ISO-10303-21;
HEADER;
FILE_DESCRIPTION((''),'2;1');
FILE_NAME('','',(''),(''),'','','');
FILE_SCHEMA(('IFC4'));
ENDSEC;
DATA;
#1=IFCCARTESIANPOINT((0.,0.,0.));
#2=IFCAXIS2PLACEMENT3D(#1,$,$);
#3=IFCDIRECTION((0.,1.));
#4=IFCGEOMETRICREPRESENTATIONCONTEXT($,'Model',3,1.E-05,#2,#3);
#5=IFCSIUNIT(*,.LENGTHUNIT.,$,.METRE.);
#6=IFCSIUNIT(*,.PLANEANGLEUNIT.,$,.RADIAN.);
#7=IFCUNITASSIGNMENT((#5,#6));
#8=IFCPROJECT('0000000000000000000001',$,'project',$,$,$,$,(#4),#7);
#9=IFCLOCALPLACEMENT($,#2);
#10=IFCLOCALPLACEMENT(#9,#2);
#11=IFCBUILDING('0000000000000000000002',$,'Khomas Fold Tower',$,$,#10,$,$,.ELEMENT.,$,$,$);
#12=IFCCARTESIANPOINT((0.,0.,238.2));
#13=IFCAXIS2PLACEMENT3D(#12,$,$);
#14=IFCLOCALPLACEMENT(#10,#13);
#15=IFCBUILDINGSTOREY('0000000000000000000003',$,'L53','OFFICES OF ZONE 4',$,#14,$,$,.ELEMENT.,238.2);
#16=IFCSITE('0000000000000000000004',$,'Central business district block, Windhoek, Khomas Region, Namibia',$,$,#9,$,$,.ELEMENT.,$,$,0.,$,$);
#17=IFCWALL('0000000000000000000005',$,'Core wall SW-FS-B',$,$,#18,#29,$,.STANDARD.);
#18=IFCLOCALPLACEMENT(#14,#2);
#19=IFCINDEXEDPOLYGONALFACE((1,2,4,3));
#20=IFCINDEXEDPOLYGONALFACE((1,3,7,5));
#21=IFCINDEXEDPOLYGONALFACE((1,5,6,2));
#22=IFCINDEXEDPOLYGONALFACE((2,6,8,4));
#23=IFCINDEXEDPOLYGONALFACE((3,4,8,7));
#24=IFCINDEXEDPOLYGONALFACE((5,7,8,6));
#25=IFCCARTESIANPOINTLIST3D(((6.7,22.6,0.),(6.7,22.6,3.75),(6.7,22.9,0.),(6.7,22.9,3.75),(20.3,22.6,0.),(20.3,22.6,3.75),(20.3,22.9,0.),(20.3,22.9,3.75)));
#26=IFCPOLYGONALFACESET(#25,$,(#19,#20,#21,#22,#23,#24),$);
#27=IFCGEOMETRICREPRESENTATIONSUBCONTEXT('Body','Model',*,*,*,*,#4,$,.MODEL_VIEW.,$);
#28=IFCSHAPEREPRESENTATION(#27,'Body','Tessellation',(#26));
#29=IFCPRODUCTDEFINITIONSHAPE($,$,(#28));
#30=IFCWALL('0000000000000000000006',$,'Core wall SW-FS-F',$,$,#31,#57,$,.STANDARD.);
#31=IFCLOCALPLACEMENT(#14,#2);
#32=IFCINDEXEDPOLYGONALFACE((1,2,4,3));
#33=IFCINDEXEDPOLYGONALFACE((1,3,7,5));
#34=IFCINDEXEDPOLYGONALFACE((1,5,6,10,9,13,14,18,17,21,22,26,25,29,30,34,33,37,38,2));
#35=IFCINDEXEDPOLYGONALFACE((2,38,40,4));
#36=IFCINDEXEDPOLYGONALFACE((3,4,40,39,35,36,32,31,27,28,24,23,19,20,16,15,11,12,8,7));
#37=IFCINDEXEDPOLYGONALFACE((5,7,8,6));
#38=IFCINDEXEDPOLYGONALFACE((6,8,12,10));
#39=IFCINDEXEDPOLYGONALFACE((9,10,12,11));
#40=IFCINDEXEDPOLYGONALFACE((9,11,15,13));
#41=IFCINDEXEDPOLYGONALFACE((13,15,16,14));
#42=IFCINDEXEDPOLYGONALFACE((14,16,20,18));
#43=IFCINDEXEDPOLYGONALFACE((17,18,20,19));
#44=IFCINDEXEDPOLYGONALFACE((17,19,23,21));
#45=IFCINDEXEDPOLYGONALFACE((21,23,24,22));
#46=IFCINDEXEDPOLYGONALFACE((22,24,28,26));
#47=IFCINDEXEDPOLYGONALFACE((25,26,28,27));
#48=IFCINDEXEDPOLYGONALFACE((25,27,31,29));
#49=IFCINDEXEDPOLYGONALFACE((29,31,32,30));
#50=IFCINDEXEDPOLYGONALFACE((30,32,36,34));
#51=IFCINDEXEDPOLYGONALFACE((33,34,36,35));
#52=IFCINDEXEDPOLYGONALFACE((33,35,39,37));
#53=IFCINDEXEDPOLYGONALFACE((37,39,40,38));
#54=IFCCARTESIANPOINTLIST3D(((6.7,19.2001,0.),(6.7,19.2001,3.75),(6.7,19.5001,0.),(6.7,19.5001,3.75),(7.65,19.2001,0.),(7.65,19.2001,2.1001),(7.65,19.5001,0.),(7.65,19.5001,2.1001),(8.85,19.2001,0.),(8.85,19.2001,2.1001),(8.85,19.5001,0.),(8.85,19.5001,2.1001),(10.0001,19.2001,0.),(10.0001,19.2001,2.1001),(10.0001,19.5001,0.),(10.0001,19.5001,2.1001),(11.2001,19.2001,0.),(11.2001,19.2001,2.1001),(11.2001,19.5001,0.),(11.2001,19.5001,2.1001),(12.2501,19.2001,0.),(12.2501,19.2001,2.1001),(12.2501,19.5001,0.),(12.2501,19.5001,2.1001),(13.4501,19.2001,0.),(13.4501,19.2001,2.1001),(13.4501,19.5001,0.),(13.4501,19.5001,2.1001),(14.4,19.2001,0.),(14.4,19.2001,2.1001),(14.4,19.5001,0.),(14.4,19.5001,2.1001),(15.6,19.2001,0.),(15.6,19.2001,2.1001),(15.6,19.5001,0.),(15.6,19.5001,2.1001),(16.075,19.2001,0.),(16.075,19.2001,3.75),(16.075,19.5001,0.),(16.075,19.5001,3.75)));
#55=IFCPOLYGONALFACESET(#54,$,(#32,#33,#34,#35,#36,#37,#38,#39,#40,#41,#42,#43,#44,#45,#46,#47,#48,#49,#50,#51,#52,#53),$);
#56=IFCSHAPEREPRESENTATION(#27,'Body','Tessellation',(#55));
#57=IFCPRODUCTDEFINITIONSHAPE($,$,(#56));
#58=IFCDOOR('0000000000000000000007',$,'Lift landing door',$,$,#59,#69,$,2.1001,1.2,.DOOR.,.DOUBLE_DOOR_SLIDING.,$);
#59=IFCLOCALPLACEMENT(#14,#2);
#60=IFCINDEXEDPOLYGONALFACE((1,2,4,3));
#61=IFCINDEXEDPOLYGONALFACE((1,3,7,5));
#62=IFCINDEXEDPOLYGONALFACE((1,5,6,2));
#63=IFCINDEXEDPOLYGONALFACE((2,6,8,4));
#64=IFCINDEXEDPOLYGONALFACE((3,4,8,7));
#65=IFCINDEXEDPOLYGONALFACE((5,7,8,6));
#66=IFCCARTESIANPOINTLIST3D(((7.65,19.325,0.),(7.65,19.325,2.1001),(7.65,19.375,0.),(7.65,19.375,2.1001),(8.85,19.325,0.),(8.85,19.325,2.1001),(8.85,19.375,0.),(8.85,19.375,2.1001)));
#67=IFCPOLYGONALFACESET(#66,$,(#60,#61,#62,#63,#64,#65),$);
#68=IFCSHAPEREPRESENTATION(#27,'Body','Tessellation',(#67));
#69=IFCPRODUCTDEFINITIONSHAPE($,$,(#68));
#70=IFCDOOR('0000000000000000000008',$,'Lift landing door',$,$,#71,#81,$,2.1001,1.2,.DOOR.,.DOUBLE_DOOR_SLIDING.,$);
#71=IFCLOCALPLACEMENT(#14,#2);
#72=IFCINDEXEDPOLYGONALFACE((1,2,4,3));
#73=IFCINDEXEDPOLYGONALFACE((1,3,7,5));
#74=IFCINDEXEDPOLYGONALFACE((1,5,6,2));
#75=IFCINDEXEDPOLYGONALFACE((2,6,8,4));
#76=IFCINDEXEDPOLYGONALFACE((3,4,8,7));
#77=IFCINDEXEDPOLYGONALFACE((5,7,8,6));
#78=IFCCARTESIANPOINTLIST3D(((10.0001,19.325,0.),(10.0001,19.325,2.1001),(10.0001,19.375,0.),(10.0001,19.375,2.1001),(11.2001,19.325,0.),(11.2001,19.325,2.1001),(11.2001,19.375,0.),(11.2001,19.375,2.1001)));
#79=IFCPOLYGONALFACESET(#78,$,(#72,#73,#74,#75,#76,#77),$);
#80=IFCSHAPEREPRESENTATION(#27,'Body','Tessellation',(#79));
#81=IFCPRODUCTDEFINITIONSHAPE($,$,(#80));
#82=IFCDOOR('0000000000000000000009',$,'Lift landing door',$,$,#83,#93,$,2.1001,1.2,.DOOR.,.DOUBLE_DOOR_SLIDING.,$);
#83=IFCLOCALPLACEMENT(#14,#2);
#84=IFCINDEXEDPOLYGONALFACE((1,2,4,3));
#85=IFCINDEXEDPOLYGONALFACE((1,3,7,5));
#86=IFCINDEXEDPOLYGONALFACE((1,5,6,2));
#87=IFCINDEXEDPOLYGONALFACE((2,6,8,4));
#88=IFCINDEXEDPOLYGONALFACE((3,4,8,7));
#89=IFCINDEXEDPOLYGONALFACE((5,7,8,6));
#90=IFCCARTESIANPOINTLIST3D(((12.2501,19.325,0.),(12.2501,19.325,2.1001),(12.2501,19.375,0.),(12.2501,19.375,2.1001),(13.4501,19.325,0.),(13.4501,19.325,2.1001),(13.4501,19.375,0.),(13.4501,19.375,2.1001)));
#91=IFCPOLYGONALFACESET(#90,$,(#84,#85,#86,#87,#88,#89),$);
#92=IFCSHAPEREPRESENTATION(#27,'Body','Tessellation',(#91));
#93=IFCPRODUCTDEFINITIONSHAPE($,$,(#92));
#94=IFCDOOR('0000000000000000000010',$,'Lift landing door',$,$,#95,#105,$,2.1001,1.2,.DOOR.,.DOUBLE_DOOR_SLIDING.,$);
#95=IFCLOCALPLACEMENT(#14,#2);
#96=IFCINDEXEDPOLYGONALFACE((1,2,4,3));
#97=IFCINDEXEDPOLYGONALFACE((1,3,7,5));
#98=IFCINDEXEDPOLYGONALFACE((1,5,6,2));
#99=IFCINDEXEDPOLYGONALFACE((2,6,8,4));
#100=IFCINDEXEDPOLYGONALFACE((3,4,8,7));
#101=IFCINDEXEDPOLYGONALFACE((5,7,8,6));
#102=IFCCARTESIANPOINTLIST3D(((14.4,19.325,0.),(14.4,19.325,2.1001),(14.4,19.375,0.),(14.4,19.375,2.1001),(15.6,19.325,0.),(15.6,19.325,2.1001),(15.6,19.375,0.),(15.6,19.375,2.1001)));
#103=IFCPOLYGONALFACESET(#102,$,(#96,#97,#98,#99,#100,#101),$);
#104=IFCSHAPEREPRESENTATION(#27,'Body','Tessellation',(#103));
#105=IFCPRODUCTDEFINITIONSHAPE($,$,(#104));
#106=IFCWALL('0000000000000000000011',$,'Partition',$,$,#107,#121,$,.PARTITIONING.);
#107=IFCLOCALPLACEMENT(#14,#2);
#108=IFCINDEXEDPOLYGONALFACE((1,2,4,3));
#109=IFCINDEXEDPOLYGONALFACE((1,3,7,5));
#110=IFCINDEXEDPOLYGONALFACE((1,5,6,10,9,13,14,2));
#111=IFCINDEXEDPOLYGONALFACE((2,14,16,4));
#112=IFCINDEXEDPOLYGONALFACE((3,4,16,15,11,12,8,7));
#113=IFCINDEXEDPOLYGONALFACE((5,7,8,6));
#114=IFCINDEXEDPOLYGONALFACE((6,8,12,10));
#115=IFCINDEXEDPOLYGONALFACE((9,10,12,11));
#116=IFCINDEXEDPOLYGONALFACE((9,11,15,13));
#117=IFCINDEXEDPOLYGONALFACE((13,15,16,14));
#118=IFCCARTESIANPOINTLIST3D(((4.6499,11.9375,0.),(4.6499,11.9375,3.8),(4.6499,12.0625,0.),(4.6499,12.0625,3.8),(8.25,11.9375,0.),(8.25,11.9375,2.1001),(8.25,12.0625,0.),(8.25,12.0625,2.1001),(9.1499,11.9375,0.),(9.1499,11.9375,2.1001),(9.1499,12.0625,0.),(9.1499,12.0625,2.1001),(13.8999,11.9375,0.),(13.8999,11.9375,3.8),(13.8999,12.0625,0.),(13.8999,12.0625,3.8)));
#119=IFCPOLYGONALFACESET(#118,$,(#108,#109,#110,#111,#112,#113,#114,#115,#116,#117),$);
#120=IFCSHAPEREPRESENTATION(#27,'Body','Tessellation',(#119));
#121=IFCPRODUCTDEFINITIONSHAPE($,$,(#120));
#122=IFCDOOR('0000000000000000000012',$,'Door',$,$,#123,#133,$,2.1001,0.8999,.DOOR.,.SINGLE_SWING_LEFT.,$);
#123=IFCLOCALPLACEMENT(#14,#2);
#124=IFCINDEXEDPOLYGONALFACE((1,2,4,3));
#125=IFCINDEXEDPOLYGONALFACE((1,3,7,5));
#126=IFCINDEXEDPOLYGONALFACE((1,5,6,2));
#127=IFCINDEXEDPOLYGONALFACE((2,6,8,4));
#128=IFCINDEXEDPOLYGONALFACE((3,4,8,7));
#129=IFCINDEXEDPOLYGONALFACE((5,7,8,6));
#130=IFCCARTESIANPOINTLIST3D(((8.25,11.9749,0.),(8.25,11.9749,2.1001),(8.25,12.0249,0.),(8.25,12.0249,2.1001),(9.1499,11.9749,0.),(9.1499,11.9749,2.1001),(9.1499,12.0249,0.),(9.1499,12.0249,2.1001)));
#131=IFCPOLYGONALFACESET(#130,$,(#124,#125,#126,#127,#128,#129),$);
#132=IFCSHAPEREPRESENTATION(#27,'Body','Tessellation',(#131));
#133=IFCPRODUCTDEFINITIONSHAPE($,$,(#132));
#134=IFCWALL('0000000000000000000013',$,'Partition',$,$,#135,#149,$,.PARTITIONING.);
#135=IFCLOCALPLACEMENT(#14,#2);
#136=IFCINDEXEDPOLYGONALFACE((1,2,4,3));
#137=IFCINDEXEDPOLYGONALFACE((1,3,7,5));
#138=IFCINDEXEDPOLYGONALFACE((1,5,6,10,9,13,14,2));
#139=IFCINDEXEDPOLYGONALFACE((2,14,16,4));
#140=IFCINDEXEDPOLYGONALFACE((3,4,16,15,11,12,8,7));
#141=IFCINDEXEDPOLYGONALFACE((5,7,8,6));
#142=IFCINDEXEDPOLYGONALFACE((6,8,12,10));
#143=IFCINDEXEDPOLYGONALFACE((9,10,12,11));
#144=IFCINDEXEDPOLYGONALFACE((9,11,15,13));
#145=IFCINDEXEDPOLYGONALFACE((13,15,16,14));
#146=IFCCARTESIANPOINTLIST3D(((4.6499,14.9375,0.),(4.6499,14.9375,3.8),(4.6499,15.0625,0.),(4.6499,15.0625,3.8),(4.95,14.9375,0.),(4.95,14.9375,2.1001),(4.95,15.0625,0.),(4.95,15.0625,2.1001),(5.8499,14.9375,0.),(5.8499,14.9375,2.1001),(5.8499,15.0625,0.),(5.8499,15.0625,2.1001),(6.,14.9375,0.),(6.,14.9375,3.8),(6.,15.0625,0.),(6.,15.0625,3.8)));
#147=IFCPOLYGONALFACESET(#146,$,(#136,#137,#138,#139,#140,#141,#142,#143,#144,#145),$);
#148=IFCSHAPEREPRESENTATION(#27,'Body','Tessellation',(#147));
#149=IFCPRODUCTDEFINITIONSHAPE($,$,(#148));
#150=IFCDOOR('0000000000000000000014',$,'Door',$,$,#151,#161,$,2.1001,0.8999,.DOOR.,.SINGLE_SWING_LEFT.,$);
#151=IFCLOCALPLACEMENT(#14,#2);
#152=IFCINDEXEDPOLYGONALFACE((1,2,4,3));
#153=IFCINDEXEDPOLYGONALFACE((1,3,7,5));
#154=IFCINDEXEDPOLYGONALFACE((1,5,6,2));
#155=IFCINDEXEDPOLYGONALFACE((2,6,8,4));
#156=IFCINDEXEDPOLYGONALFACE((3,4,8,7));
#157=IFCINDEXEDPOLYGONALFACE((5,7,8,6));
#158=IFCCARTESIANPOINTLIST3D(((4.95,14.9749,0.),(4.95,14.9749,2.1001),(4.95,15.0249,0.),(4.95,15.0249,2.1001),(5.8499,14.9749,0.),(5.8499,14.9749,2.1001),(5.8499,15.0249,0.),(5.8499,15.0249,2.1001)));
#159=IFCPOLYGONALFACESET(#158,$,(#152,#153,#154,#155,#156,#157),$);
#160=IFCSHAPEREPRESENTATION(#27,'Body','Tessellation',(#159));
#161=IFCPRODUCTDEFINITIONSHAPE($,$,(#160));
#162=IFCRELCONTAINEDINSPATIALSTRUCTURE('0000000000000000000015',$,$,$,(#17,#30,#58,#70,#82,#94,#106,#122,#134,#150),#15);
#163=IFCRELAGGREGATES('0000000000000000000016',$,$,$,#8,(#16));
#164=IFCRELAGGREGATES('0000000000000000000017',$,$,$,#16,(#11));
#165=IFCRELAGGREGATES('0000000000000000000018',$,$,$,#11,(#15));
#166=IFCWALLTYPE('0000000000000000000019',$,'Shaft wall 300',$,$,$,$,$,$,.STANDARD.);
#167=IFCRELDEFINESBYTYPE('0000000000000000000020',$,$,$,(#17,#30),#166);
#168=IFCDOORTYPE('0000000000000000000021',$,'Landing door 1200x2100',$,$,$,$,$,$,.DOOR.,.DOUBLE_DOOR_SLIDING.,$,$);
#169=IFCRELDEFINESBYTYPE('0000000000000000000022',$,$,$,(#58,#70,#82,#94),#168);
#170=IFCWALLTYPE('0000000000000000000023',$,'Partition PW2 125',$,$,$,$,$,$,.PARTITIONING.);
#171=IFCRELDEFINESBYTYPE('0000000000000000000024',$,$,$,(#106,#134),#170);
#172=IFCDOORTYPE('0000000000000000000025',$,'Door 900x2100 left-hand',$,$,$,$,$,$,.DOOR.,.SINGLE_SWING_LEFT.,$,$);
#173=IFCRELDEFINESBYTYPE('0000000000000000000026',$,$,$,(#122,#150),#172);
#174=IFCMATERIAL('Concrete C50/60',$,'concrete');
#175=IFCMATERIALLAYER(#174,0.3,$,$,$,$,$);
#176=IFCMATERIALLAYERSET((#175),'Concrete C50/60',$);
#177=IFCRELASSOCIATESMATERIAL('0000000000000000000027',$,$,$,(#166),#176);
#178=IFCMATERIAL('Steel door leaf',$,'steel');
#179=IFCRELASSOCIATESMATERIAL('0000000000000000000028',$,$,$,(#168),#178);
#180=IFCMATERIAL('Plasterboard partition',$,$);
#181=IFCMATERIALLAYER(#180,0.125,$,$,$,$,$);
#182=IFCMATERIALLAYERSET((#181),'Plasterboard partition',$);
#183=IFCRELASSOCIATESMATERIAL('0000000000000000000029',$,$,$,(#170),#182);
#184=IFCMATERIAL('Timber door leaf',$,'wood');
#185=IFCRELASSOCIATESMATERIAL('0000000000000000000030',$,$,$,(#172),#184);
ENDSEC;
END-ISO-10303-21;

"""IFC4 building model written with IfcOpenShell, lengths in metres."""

from ifc_helpers import new_model, si_unit, direction, frame, frame_2d, origin, place, context, subcontext, project, spatial, rectangle, extrude, source, transform, mapped, material, layer, layer_set, type_object, element, fill, save


model = new_model("IFC4")

# Units and contexts
model_context = context("Model", 3, precision=1e-05, world=origin(), true_north=direction((0.0, 1.0)))
body_context = subcontext(model_context, "Body", "Model", "MODEL_VIEW")
ifc_project = project(units=[si_unit("LENGTHUNIT", "METRE"), si_unit("PLANEANGLEUNIT", "RADIAN")], contexts=[model_context])

# Site, building, storey
site_placement = place(None, origin())
site = spatial("IfcSite", under=ifc_project, at=site_placement, Name="Central business district block, Windhoek, Khomas Region, Namibia", CompositionType="ELEMENT", RefElevation=0.0)
building_placement = place(site_placement, origin())
building = spatial("IfcBuilding", under=site, at=building_placement, Name="Khomas Fold Tower", CompositionType="ELEMENT")
storey_placement = place(building_placement, frame((0.0, 0.0, 238.2)))
storey = spatial("IfcBuildingStorey", under=building, at=storey_placement, Name="L53", Description="OFFICES OF ZONE 4", CompositionType="ELEMENT", Elevation=238.2)

# Wall
ifc_material_1 = material(Name="Concrete C50/60", Category="concrete")
ifc_layer_1 = layer(ifc_material_1, 0.3)
ifc_layer_set_1 = layer_set([ifc_layer_1], Name="Concrete C50/60")
wall_type_1 = type_object("IfcWallType", Name="Shaft wall 300", PredefinedType="STANDARD", material=ifc_layer_set_1)
shared_shape_1 = source(origin(), body_context, "Body", "SweptSolid", [
    extrude(rectangle(XDim=13.6001, YDim=0.3, at=frame_2d((6.8, 0.0))), origin(), (0.0, 0.0, 1.0), 3.75),
])
wall_1_placement = place(storey_placement, frame((6.7, 22.75, 0.0), z_axis=(0.0, 0.0, 1.0), x_axis=(1.0, 0.0, 0.0)))
element("IfcWall", 1, at=wall_1_placement, inside=storey, type_object=wall_type_1, Name="Core wall SW-FS-B", PredefinedType="STANDARD", context=body_context, shape_type="MappedRepresentation", body=[
    mapped(shared_shape_1, transform((0.0, 0.0, 0.0))),
])

# Wall, openings, doors
shared_shape_2 = source(origin(), body_context, "Body", "SweptSolid", [
    extrude(rectangle(XDim=9.375, YDim=0.3, at=frame_2d((4.6875, 0.0))), origin(), (0.0, 0.0, 1.0), 3.75),
])
wall_2_placement = place(storey_placement, frame((6.7, 19.3501, 0.0), z_axis=(0.0, 0.0, 1.0), x_axis=(1.0, 0.0, 0.0)))
wall_2 = element("IfcWall", 2, at=wall_2_placement, inside=storey, type_object=wall_type_1, Name="Core wall SW-FS-F", PredefinedType="STANDARD", context=body_context, shape_type="MappedRepresentation", body=[
    mapped(shared_shape_2, transform((0.0, 0.0, 0.0))),
])
shared_shape_3 = source(origin(), body_context, "Body", "SweptSolid", [
    extrude(rectangle(XDim=1.2, YDim=2.1001, at=frame_2d((0.6001, 1.05))), frame((0.0, 0.1599, 0.0), z_axis=(0.0, -1.0, 0.0), x_axis=(1.0, 0.0, 0.0)), (0.0, 0.0, 1.0), 0.3201),
])
opening_1_placement = place(wall_2_placement, frame((0.95, 0.0, 0.0)))
opening_1 = element("IfcOpeningElement", 3, at=opening_1_placement, cuts=wall_2, PredefinedType="OPENING", context=body_context, shape_type="MappedRepresentation", body=[
    mapped(shared_shape_3, transform((0.0, 0.0, 0.0))),
])
opening_2_placement = place(wall_2_placement, frame((3.3, 0.0, 0.0)))
opening_2 = element("IfcOpeningElement", 4, at=opening_2_placement, cuts=wall_2, PredefinedType="OPENING", context=body_context, shape_type="MappedRepresentation", body=[
    mapped(shared_shape_3, transform((0.0, 0.0, 0.0))),
])
opening_3_placement = place(wall_2_placement, frame((5.55, 0.0, 0.0)))
opening_3 = element("IfcOpeningElement", 5, at=opening_3_placement, cuts=wall_2, PredefinedType="OPENING", context=body_context, shape_type="MappedRepresentation", body=[
    mapped(shared_shape_3, transform((0.0, 0.0, 0.0))),
])
opening_4_placement = place(wall_2_placement, frame((7.7, 0.0, 0.0)))
opening_4 = element("IfcOpeningElement", 6, at=opening_4_placement, cuts=wall_2, PredefinedType="OPENING", context=body_context, shape_type="MappedRepresentation", body=[
    mapped(shared_shape_3, transform((0.0, 0.0, 0.0))),
])
ifc_material_2 = material(Name="Steel door leaf", Category="steel")
door_type_1 = type_object("IfcDoorType", Name="Landing door 1200x2100", OperationType="DOUBLE_DOOR_SLIDING", PredefinedType="DOOR", material=ifc_material_2)
shared_shape_4 = source(origin(), body_context, "Body", "SweptSolid", [
    extrude(rectangle(XDim=1.2, YDim=2.1001, at=frame_2d((0.6001, 1.05))), frame((0.0, 0.0249, 0.0), z_axis=(0.0, -1.0, 0.0), x_axis=(1.0, 0.0, 0.0)), (0.0, 0.0, 1.0), 0.05),
])
door_1_placement = place(opening_1_placement, origin())
door_1 = element("IfcDoor", 7, at=door_1_placement, inside=storey, type_object=door_type_1, Name="Lift landing door", OperationType="DOUBLE_DOOR_SLIDING", OverallHeight=2.1001, OverallWidth=1.2, PredefinedType="DOOR", context=body_context, shape_type="MappedRepresentation", body=[
    mapped(shared_shape_4, transform((0.0, 0.0, 0.0))),
])
fill(opening_1, door_1)
door_2_placement = place(opening_2_placement, origin())
door_2 = element("IfcDoor", 8, at=door_2_placement, inside=storey, type_object=door_type_1, Name="Lift landing door", OperationType="DOUBLE_DOOR_SLIDING", OverallHeight=2.1001, OverallWidth=1.2, PredefinedType="DOOR", context=body_context, shape_type="MappedRepresentation", body=[
    mapped(shared_shape_4, transform((0.0, 0.0, 0.0))),
])
fill(opening_2, door_2)
door_3_placement = place(opening_3_placement, origin())
door_3 = element("IfcDoor", 9, at=door_3_placement, inside=storey, type_object=door_type_1, Name="Lift landing door", OperationType="DOUBLE_DOOR_SLIDING", OverallHeight=2.1001, OverallWidth=1.2, PredefinedType="DOOR", context=body_context, shape_type="MappedRepresentation", body=[
    mapped(shared_shape_4, transform((0.0, 0.0, 0.0))),
])
fill(opening_3, door_3)
door_4_placement = place(opening_4_placement, origin())
door_4 = element("IfcDoor", 10, at=door_4_placement, inside=storey, type_object=door_type_1, Name="Lift landing door", OperationType="DOUBLE_DOOR_SLIDING", OverallHeight=2.1001, OverallWidth=1.2, PredefinedType="DOOR", context=body_context, shape_type="MappedRepresentation", body=[
    mapped(shared_shape_4, transform((0.0, 0.0, 0.0))),
])
fill(opening_4, door_4)

# Walls, openings, doors
ifc_material_3 = material(Name="Plasterboard partition")
ifc_layer_2 = layer(ifc_material_3, 0.125)
ifc_layer_set_2 = layer_set([ifc_layer_2], Name="Plasterboard partition")
wall_type_2 = type_object("IfcWallType", Name="Partition PW2 125", PredefinedType="PARTITIONING", material=ifc_layer_set_2)
shared_shape_5 = source(origin(), body_context, "Body", "SweptSolid", [
    extrude(rectangle(XDim=9.25, YDim=0.125, at=frame_2d((4.625, 0.0))), origin(), (0.0, 0.0, 1.0), 3.8),
])
wall_3_placement = place(storey_placement, frame((4.6499, 12.0, 0.0), z_axis=(0.0, 0.0, 1.0), x_axis=(1.0, 0.0, 0.0)))
wall_3 = element("IfcWall", 11, at=wall_3_placement, inside=storey, type_object=wall_type_2, Name="Partition", PredefinedType="PARTITIONING", context=body_context, shape_type="MappedRepresentation", body=[
    mapped(shared_shape_5, transform((0.0, 0.0, 0.0))),
])
shared_shape_6 = source(origin(), body_context, "Body", "SweptSolid", [
    extrude(rectangle(XDim=0.8999, YDim=2.1001, at=frame_2d((0.45, 1.05))), frame((0.0, 0.0725, 0.0), z_axis=(0.0, -1.0, 0.0), x_axis=(1.0, 0.0, 0.0)), (0.0, 0.0, 1.0), 0.145),
])
opening_5_placement = place(wall_3_placement, frame((3.6001, 0.0, 0.0)))
opening_5 = element("IfcOpeningElement", 12, at=opening_5_placement, cuts=wall_3, PredefinedType="OPENING", context=body_context, shape_type="MappedRepresentation", body=[
    mapped(shared_shape_6, transform((0.0, 0.0, 0.0))),
])
ifc_material_4 = material(Name="Timber door leaf", Category="wood")
door_type_2 = type_object("IfcDoorType", Name="Door 900x2100 left-hand", OperationType="SINGLE_SWING_LEFT", PredefinedType="DOOR", material=ifc_material_4)
shared_shape_7 = source(origin(), body_context, "Body", "SweptSolid", [
    extrude(rectangle(XDim=0.8999, YDim=2.1001, at=frame_2d((0.45, 1.05))), frame((0.0, 0.0249, 0.0), z_axis=(0.0, -1.0, 0.0), x_axis=(1.0, 0.0, 0.0)), (0.0, 0.0, 1.0), 0.05),
])
door_5_placement = place(opening_5_placement, origin())
door_5 = element("IfcDoor", 13, at=door_5_placement, inside=storey, type_object=door_type_2, Name="Door", OperationType="SINGLE_SWING_LEFT", OverallHeight=2.1001, OverallWidth=0.8999, PredefinedType="DOOR", context=body_context, shape_type="MappedRepresentation", body=[
    mapped(shared_shape_7, transform((0.0, 0.0, 0.0))),
])
fill(opening_5, door_5)
shared_shape_8 = source(origin(), body_context, "Body", "SweptSolid", [
    extrude(rectangle(XDim=1.3501, YDim=0.125, at=frame_2d((0.675, 0.0))), origin(), (0.0, 0.0, 1.0), 3.8),
])
wall_4_placement = place(storey_placement, frame((4.6499, 15.0, 0.0), z_axis=(0.0, 0.0, 1.0), x_axis=(1.0, 0.0, 0.0)))
wall_4 = element("IfcWall", 14, at=wall_4_placement, inside=storey, type_object=wall_type_2, Name="Partition", PredefinedType="PARTITIONING", context=body_context, shape_type="MappedRepresentation", body=[
    mapped(shared_shape_8, transform((0.0, 0.0, 0.0))),
])
opening_6_placement = place(wall_4_placement, frame((0.3, 0.0, 0.0)))
opening_6 = element("IfcOpeningElement", 15, at=opening_6_placement, cuts=wall_4, PredefinedType="OPENING", context=body_context, shape_type="MappedRepresentation", body=[
    mapped(shared_shape_6, transform((0.0, 0.0, 0.0))),
])
door_6_placement = place(opening_6_placement, origin())
door_6 = element("IfcDoor", 16, at=door_6_placement, inside=storey, type_object=door_type_2, Name="Door", OperationType="SINGLE_SWING_LEFT", OverallHeight=2.1001, OverallWidth=0.8999, PredefinedType="DOOR", context=body_context, shape_type="MappedRepresentation", body=[
    mapped(shared_shape_7, transform((0.0, 0.0, 0.0))),
])
fill(opening_6, door_6)

save(model, "model.ifc")
